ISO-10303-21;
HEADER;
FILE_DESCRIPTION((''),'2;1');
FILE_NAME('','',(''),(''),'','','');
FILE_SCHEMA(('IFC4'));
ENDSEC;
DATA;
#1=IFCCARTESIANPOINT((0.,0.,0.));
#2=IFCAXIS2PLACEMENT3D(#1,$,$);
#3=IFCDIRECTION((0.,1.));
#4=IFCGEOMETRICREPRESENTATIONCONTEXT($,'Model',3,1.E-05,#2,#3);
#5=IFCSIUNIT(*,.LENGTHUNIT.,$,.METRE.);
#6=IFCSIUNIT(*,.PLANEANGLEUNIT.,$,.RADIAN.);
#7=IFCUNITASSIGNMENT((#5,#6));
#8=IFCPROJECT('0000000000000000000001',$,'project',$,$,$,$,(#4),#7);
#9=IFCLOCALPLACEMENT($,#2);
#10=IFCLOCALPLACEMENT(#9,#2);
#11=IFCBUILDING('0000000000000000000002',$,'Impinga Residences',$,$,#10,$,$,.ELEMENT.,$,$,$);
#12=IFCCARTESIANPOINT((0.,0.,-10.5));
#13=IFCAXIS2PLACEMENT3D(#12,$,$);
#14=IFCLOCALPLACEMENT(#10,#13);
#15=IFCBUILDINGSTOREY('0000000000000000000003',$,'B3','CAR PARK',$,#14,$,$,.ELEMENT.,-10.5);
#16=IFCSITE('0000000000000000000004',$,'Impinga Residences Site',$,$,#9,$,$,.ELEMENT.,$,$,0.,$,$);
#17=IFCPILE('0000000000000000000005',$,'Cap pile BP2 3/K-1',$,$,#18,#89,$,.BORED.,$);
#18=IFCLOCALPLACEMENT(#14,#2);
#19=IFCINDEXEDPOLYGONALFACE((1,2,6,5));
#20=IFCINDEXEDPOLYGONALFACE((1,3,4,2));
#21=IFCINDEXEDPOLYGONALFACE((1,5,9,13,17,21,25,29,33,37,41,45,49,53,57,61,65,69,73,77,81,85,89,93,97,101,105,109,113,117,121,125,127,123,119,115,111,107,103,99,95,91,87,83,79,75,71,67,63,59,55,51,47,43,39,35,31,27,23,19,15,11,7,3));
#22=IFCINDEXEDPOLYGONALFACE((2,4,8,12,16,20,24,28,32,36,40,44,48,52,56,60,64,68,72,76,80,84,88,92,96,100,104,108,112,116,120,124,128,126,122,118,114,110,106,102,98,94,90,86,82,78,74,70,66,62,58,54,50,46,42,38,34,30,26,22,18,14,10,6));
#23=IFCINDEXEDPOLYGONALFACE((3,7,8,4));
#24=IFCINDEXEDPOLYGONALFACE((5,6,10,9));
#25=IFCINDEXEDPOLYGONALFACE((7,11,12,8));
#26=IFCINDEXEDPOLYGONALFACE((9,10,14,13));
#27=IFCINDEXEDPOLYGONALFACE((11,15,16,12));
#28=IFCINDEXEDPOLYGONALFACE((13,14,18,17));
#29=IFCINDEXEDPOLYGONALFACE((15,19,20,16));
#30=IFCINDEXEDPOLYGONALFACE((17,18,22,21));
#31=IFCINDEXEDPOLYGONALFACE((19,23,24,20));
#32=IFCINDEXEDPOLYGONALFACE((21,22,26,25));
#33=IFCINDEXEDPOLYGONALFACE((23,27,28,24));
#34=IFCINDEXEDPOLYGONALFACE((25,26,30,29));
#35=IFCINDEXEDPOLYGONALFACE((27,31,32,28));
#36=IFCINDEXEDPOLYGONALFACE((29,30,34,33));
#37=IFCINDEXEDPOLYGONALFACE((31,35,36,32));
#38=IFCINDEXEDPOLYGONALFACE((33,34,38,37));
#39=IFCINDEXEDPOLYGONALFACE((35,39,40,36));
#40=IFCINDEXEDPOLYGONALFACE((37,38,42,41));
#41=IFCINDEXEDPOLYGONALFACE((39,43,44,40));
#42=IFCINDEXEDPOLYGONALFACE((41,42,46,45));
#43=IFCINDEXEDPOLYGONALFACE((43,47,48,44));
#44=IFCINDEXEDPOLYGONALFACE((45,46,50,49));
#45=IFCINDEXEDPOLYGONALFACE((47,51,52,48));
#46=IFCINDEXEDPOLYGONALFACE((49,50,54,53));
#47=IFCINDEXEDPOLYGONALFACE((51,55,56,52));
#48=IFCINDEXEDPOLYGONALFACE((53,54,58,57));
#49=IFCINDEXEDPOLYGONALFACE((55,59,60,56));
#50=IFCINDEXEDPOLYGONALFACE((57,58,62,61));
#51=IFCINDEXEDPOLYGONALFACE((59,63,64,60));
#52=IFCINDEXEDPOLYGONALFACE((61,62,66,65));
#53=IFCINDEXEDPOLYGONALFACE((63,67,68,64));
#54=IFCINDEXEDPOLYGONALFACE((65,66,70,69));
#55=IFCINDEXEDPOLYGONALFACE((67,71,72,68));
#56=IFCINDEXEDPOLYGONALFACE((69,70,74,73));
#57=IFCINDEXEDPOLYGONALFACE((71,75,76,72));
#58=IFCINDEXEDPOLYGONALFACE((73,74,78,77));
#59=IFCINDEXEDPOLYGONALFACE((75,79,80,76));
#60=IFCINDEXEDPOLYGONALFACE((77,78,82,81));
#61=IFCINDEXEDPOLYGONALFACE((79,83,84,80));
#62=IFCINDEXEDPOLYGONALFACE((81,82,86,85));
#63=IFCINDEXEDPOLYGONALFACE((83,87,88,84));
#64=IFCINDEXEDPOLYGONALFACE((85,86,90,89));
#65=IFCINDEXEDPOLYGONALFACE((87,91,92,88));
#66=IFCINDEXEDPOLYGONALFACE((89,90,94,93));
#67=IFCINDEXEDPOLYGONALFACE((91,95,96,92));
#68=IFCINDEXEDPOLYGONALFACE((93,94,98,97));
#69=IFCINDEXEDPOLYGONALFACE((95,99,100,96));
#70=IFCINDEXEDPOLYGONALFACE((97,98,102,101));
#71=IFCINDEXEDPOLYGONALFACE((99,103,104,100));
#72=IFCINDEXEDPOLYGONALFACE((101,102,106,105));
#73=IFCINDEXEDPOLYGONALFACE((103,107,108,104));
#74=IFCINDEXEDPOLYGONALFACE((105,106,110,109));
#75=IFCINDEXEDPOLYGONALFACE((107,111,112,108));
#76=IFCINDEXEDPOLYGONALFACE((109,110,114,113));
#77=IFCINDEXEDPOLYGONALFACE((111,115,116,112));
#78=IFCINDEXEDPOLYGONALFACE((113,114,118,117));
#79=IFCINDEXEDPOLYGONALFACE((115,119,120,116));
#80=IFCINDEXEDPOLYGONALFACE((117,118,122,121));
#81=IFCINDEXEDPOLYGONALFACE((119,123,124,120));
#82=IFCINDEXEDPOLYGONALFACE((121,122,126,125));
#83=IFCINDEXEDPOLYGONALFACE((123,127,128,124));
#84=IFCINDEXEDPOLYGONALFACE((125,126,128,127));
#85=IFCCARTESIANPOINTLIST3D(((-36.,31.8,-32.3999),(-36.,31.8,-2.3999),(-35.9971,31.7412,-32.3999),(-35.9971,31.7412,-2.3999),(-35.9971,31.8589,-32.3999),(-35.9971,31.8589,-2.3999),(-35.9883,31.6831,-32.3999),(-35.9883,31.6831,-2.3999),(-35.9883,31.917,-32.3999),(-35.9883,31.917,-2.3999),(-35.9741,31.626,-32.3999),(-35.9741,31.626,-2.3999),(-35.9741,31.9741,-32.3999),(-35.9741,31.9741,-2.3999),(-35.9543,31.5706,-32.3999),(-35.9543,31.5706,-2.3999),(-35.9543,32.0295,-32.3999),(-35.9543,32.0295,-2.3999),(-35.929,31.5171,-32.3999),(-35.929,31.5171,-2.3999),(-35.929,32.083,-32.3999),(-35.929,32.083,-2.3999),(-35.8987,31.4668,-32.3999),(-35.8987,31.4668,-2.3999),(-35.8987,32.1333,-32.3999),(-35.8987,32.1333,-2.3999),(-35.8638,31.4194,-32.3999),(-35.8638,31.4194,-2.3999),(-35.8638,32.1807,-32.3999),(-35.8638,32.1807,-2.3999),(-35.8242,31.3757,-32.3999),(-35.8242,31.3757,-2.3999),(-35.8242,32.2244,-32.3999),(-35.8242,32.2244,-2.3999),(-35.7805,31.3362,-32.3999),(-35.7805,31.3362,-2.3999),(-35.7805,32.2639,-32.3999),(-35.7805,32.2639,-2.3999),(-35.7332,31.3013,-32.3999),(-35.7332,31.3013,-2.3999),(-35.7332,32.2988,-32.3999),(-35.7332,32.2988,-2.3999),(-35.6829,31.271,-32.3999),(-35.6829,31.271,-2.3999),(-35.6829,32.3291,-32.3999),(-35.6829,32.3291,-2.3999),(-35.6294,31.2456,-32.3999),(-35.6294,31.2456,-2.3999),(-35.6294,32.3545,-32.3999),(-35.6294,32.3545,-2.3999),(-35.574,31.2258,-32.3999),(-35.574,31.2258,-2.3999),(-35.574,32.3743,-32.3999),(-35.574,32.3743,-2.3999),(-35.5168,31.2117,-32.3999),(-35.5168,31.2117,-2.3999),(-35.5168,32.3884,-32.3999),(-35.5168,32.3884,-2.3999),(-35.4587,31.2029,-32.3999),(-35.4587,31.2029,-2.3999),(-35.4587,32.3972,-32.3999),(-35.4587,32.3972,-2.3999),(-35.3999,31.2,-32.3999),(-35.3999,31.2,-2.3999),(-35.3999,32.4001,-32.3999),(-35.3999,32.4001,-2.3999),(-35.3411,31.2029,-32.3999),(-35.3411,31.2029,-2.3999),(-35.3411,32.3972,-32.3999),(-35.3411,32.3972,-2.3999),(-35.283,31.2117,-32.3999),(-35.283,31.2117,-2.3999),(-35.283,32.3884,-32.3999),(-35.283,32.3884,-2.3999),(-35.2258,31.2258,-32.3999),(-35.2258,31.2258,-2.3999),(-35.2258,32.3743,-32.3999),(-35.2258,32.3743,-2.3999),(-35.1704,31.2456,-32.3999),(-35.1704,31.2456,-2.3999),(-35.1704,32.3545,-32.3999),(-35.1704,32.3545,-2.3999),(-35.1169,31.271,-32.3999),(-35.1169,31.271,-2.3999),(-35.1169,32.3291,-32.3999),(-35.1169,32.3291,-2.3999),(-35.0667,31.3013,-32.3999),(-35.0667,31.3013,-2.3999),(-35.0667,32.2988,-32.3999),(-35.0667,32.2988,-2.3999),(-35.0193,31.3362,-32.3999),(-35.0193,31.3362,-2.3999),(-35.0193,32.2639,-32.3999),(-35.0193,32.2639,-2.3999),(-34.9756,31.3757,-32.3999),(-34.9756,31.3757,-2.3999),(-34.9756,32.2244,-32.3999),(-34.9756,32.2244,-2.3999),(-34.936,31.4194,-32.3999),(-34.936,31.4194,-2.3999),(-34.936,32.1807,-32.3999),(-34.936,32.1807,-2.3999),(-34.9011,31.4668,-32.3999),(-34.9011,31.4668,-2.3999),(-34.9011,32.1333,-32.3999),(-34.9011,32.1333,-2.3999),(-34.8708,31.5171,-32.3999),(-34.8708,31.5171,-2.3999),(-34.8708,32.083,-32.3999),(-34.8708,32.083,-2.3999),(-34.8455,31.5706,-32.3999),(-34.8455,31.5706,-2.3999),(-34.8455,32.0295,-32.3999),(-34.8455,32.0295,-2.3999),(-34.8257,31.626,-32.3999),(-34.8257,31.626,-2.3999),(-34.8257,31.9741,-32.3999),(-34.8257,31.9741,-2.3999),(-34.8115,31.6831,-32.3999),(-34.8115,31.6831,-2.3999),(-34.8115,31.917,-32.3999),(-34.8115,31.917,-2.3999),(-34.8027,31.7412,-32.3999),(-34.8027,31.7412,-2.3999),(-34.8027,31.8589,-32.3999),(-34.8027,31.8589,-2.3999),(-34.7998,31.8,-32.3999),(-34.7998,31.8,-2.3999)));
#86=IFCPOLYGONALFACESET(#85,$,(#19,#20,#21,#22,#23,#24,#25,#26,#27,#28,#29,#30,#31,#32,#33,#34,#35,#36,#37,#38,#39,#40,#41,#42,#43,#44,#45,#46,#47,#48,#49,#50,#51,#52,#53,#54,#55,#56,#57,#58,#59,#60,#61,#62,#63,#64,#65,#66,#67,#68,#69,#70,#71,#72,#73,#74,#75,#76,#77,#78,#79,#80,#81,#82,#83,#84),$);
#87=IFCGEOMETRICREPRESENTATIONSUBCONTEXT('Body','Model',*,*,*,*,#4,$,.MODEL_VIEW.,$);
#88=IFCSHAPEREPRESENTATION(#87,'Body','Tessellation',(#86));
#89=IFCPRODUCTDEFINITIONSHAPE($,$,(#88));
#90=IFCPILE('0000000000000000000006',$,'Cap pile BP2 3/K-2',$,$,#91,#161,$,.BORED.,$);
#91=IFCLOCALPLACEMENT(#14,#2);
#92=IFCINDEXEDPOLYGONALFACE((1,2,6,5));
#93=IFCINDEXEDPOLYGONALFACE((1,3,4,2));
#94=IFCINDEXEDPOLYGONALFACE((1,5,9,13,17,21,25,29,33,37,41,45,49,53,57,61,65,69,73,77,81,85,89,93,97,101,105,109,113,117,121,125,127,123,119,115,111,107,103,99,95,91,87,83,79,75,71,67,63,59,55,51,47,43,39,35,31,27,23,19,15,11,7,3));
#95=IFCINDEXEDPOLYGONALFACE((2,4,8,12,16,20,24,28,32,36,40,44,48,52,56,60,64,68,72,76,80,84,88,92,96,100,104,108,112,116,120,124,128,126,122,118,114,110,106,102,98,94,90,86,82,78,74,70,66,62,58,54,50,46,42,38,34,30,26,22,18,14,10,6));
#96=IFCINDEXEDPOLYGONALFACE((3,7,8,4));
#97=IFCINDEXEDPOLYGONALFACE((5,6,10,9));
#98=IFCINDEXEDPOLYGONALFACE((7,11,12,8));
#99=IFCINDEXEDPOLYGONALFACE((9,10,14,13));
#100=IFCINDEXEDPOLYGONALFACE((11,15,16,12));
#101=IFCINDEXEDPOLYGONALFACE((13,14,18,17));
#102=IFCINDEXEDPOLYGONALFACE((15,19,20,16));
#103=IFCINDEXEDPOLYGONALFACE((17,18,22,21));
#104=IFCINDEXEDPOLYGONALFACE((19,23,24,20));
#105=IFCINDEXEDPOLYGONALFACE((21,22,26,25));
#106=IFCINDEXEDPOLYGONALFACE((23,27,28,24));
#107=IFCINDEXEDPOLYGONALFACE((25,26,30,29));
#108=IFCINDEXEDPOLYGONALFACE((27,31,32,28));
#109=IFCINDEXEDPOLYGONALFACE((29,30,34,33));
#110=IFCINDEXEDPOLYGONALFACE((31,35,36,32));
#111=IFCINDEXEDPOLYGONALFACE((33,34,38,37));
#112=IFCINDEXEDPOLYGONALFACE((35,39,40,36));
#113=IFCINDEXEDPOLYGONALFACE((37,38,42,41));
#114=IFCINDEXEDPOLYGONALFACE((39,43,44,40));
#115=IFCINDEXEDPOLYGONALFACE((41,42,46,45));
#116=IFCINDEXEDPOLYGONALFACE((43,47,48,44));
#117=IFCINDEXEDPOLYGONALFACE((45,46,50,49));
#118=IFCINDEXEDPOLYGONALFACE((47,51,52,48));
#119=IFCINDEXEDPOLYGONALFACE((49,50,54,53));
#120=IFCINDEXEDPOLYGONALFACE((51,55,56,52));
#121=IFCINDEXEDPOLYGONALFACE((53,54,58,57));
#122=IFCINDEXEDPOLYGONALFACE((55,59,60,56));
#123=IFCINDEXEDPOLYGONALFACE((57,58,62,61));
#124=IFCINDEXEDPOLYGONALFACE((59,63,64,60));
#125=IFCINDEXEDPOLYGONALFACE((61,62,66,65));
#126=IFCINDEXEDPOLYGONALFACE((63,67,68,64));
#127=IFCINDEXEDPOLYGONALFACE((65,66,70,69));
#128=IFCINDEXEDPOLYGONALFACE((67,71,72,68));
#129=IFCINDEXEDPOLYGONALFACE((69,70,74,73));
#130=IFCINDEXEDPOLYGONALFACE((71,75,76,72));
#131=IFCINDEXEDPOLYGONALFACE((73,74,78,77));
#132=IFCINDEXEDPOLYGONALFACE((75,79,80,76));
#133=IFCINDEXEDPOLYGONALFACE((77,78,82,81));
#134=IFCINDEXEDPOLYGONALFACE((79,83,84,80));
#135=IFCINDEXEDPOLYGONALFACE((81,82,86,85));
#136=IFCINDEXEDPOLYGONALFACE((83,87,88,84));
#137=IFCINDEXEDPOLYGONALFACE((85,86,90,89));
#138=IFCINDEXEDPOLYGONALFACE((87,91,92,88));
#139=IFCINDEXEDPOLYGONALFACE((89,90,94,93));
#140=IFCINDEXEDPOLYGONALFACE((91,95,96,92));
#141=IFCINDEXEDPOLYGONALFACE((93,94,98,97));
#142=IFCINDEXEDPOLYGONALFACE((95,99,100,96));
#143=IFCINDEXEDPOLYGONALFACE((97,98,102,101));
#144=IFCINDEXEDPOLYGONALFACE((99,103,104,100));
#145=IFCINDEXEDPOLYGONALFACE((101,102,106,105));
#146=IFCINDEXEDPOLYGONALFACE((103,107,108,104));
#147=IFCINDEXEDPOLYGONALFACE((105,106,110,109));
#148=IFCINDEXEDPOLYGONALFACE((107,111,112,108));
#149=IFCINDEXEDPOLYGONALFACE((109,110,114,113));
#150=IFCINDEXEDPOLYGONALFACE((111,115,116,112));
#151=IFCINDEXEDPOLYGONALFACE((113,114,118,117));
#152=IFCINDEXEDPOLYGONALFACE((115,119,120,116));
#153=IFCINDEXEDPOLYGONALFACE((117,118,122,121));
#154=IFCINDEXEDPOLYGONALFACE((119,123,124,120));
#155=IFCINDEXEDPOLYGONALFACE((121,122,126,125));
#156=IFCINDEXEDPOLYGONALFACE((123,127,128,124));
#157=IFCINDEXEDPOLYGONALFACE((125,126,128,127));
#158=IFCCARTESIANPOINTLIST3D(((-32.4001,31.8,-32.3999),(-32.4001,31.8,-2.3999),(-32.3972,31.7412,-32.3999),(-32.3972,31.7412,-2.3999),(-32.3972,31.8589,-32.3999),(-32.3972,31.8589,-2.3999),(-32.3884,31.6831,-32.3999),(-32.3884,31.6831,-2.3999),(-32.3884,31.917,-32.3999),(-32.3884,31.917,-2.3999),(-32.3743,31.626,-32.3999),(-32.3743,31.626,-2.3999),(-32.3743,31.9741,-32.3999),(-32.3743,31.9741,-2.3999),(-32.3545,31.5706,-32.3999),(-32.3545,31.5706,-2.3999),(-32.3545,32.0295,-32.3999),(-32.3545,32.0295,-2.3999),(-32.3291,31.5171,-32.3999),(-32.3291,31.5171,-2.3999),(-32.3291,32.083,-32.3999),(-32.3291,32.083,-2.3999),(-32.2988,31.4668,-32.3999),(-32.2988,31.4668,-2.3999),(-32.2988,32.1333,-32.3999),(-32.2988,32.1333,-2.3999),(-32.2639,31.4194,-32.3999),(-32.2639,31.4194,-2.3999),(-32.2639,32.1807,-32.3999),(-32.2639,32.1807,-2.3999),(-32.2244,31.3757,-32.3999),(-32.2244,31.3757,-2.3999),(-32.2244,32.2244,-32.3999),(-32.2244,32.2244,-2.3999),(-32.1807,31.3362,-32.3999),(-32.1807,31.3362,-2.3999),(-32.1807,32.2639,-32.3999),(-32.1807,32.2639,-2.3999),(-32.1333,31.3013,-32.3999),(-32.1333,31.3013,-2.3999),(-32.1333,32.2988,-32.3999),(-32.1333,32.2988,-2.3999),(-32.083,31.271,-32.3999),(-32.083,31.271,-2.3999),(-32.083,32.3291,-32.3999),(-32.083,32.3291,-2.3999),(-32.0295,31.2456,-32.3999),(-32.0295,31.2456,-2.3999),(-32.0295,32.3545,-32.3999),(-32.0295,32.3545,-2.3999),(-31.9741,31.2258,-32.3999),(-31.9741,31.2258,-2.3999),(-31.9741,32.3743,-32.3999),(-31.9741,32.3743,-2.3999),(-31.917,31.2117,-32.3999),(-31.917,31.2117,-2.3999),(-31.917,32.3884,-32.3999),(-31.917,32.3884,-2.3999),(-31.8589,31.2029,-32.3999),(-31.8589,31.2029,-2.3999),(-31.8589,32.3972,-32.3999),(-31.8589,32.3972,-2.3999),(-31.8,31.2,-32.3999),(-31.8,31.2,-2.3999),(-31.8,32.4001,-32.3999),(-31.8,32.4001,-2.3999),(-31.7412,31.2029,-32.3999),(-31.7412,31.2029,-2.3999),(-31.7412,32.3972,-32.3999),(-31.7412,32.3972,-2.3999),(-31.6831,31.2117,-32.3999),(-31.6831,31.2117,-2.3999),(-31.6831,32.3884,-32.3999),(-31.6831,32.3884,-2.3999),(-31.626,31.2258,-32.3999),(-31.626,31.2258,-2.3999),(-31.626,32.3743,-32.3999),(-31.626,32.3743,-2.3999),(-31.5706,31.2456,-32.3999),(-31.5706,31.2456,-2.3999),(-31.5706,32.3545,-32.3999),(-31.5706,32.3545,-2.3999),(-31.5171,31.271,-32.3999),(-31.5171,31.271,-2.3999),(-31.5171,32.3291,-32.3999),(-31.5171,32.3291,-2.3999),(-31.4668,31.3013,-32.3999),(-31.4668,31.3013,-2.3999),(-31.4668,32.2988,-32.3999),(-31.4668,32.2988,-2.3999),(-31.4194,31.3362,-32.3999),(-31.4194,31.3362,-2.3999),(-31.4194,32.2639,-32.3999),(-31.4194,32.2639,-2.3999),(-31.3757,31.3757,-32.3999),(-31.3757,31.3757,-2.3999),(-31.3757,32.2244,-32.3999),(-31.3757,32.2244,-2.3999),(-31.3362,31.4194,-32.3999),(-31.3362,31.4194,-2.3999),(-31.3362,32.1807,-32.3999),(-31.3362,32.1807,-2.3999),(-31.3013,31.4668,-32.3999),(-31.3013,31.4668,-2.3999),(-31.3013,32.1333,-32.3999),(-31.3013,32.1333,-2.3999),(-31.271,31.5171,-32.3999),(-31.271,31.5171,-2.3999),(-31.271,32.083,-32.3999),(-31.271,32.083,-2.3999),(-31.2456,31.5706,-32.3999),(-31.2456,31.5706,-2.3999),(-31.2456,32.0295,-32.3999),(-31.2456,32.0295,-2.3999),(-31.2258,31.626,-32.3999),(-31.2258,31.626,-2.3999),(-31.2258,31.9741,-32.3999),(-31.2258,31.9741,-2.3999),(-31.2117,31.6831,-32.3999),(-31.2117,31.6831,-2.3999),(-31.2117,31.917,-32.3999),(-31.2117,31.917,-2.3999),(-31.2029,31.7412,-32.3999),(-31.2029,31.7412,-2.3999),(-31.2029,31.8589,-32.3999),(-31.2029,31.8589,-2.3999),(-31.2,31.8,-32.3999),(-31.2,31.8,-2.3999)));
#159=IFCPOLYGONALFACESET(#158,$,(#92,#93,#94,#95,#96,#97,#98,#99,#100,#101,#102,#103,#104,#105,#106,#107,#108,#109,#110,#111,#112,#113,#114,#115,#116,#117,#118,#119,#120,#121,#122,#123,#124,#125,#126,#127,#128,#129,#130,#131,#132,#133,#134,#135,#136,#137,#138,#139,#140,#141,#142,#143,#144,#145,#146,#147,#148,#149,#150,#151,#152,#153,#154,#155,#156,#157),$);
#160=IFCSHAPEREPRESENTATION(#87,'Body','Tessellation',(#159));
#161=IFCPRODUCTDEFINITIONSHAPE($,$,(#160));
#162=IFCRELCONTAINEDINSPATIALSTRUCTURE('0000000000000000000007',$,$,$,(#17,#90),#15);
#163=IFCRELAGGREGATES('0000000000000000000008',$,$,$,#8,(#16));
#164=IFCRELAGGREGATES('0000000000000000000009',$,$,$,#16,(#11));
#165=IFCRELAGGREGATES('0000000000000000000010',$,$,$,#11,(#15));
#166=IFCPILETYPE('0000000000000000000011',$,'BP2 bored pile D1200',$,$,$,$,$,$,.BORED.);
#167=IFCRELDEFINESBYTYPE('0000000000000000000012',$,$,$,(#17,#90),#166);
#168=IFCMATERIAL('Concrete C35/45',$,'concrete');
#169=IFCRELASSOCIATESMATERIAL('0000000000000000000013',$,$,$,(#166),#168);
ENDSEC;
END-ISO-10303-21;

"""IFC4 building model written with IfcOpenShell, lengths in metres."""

from ifc_helpers import new_model, si_unit, direction, frame, origin, origin_2d, place, context, subcontext, project, spatial, polyline, circle, outline, extrude, material, material_profile, profile_set, type_object, element, save


model = new_model("IFC4")

# Units and contexts
model_context = context("Model", 3, precision=1e-05, world=origin(), true_north=direction((0.0, 1.0)))
body_context = subcontext(model_context, "Body", "Model", "MODEL_VIEW")
ifc_project = project(units=[si_unit("LENGTHUNIT", "METRE"), si_unit("PLANEANGLEUNIT", "RADIAN")], contexts=[model_context])

# Site, building, storey
site_placement = place(None, origin())
site = spatial("IfcSite", under=ifc_project, at=site_placement, Name="Impinga Residences Site", CompositionType="ELEMENT", RefElevation=0.0)
building_placement = place(site_placement, origin())
building = spatial("IfcBuilding", under=site, at=building_placement, Name="Impinga Residences", CompositionType="ELEMENT")
storey_placement = place(building_placement, frame((0.0, 0.0, -10.5)))
storey = spatial("IfcBuildingStorey", under=building, at=storey_placement, Name="B3", Description="CAR PARK", CompositionType="ELEMENT", Elevation=-10.5)

# Piles
ifc_material_1 = material(Name="Concrete C35/45", Category="concrete")
ifc_material_profile_1 = material_profile(ifc_material_1, circle(Radius=0.6001, at=origin_2d()), Name="D1200")
ifc_profile_set_1 = profile_set([ifc_material_profile_1], Name="Concrete C35/45")
pile_type = type_object("IfcPileType", Name="BP2 bored pile D1200", PredefinedType="BORED", material=ifc_profile_set_1)
pile_1_placement = place(storey_placement, frame((-35.3999, 31.8, -2.3999), z_axis=(0.0, 0.0, -1.0), x_axis=(1.0, 0.0, 0.0)))
element("IfcPile", 1, at=pile_1_placement, inside=storey, type_object=pile_type, Name="Cap pile BP2 3/K-1", PredefinedType="BORED", context=body_context, shape_type="SweptSolid", body=[
    extrude(outline(polyline([(0.6001, 0.0), (0.5972, 0.0588), (0.5884, 0.1169), (0.5742, 0.1741), (0.5544, 0.2295), (0.5291, 0.283), (0.4988, 0.3333), (0.4639, 0.3806), (0.4243, 0.4243), (0.3806, 0.4639), (0.3333, 0.4988), (0.283, 0.5291), (0.2295, 0.5544), (0.1741, 0.5742), (0.1169, 0.5884), (0.0588, 0.5972), (0.0, 0.6001), (-0.0588, 0.5972), (-0.1169, 0.5884), (-0.1741, 0.5742), (-0.2295, 0.5544), (-0.283, 0.5291), (-0.3333, 0.4988), (-0.3806, 0.4639), (-0.4243, 0.4243), (-0.4639, 0.3806), (-0.4988, 0.3333), (-0.5291, 0.283), (-0.5544, 0.2295), (-0.5742, 0.1741), (-0.5884, 0.1169), (-0.5972, 0.0588), (-0.6001, 0.0), (-0.5972, -0.0588), (-0.5884, -0.1169), (-0.5742, -0.1741), (-0.5544, -0.2295), (-0.5291, -0.283), (-0.4988, -0.3333), (-0.4639, -0.3806), (-0.4243, -0.4243), (-0.3806, -0.4639), (-0.3333, -0.4988), (-0.283, -0.5291), (-0.2295, -0.5544), (-0.1741, -0.5742), (-0.1169, -0.5884), (-0.0588, -0.5972), (0.0, -0.6001), (0.0588, -0.5972), (0.1169, -0.5884), (0.1741, -0.5742), (0.2295, -0.5544), (0.283, -0.5291), (0.3333, -0.4988), (0.3806, -0.4639), (0.4243, -0.4243), (0.4639, -0.3806), (0.4988, -0.3333), (0.5291, -0.283), (0.5544, -0.2295), (0.5742, -0.1741), (0.5884, -0.1169), (0.5972, -0.0588), (0.6001, 0.0)])), origin(), (0.0, 0.0, 1.0), 30.0),
])
pile_2_placement = place(storey_placement, frame((-31.8, 31.8, -2.3999), z_axis=(0.0, 0.0, -1.0), x_axis=(1.0, 0.0, 0.0)))
element("IfcPile", 2, at=pile_2_placement, inside=storey, type_object=pile_type, Name="Cap pile BP2 3/K-2", PredefinedType="BORED", context=body_context, shape_type="SweptSolid", body=[
    extrude(outline(polyline([(0.6001, 0.0), (0.5972, 0.0588), (0.5884, 0.1169), (0.5742, 0.1741), (0.5544, 0.2295), (0.5291, 0.283), (0.4988, 0.3333), (0.4639, 0.3806), (0.4243, 0.4243), (0.3806, 0.4639), (0.3333, 0.4988), (0.283, 0.5291), (0.2295, 0.5544), (0.1741, 0.5742), (0.1169, 0.5884), (0.0588, 0.5972), (0.0, 0.6001), (-0.0588, 0.5972), (-0.1169, 0.5884), (-0.1741, 0.5742), (-0.2295, 0.5544), (-0.283, 0.5291), (-0.3333, 0.4988), (-0.3806, 0.4639), (-0.4243, 0.4243), (-0.4639, 0.3806), (-0.4988, 0.3333), (-0.5291, 0.283), (-0.5544, 0.2295), (-0.5742, 0.1741), (-0.5884, 0.1169), (-0.5972, 0.0588), (-0.6001, 0.0), (-0.5972, -0.0588), (-0.5884, -0.1169), (-0.5742, -0.1741), (-0.5544, -0.2295), (-0.5291, -0.283), (-0.4988, -0.3333), (-0.4639, -0.3806), (-0.4243, -0.4243), (-0.3806, -0.4639), (-0.3333, -0.4988), (-0.283, -0.5291), (-0.2295, -0.5544), (-0.1741, -0.5742), (-0.1169, -0.5884), (-0.0588, -0.5972), (0.0, -0.6001), (0.0588, -0.5972), (0.1169, -0.5884), (0.1741, -0.5742), (0.2295, -0.5544), (0.283, -0.5291), (0.3333, -0.4988), (0.3806, -0.4639), (0.4243, -0.4243), (0.4639, -0.3806), (0.4988, -0.3333), (0.5291, -0.283), (0.5544, -0.2295), (0.5742, -0.1741), (0.5884, -0.1169), (0.5972, -0.0588), (0.6001, 0.0)])), origin(), (0.0, 0.0, 1.0), 30.0),
])

save(model, "model.ifc")
